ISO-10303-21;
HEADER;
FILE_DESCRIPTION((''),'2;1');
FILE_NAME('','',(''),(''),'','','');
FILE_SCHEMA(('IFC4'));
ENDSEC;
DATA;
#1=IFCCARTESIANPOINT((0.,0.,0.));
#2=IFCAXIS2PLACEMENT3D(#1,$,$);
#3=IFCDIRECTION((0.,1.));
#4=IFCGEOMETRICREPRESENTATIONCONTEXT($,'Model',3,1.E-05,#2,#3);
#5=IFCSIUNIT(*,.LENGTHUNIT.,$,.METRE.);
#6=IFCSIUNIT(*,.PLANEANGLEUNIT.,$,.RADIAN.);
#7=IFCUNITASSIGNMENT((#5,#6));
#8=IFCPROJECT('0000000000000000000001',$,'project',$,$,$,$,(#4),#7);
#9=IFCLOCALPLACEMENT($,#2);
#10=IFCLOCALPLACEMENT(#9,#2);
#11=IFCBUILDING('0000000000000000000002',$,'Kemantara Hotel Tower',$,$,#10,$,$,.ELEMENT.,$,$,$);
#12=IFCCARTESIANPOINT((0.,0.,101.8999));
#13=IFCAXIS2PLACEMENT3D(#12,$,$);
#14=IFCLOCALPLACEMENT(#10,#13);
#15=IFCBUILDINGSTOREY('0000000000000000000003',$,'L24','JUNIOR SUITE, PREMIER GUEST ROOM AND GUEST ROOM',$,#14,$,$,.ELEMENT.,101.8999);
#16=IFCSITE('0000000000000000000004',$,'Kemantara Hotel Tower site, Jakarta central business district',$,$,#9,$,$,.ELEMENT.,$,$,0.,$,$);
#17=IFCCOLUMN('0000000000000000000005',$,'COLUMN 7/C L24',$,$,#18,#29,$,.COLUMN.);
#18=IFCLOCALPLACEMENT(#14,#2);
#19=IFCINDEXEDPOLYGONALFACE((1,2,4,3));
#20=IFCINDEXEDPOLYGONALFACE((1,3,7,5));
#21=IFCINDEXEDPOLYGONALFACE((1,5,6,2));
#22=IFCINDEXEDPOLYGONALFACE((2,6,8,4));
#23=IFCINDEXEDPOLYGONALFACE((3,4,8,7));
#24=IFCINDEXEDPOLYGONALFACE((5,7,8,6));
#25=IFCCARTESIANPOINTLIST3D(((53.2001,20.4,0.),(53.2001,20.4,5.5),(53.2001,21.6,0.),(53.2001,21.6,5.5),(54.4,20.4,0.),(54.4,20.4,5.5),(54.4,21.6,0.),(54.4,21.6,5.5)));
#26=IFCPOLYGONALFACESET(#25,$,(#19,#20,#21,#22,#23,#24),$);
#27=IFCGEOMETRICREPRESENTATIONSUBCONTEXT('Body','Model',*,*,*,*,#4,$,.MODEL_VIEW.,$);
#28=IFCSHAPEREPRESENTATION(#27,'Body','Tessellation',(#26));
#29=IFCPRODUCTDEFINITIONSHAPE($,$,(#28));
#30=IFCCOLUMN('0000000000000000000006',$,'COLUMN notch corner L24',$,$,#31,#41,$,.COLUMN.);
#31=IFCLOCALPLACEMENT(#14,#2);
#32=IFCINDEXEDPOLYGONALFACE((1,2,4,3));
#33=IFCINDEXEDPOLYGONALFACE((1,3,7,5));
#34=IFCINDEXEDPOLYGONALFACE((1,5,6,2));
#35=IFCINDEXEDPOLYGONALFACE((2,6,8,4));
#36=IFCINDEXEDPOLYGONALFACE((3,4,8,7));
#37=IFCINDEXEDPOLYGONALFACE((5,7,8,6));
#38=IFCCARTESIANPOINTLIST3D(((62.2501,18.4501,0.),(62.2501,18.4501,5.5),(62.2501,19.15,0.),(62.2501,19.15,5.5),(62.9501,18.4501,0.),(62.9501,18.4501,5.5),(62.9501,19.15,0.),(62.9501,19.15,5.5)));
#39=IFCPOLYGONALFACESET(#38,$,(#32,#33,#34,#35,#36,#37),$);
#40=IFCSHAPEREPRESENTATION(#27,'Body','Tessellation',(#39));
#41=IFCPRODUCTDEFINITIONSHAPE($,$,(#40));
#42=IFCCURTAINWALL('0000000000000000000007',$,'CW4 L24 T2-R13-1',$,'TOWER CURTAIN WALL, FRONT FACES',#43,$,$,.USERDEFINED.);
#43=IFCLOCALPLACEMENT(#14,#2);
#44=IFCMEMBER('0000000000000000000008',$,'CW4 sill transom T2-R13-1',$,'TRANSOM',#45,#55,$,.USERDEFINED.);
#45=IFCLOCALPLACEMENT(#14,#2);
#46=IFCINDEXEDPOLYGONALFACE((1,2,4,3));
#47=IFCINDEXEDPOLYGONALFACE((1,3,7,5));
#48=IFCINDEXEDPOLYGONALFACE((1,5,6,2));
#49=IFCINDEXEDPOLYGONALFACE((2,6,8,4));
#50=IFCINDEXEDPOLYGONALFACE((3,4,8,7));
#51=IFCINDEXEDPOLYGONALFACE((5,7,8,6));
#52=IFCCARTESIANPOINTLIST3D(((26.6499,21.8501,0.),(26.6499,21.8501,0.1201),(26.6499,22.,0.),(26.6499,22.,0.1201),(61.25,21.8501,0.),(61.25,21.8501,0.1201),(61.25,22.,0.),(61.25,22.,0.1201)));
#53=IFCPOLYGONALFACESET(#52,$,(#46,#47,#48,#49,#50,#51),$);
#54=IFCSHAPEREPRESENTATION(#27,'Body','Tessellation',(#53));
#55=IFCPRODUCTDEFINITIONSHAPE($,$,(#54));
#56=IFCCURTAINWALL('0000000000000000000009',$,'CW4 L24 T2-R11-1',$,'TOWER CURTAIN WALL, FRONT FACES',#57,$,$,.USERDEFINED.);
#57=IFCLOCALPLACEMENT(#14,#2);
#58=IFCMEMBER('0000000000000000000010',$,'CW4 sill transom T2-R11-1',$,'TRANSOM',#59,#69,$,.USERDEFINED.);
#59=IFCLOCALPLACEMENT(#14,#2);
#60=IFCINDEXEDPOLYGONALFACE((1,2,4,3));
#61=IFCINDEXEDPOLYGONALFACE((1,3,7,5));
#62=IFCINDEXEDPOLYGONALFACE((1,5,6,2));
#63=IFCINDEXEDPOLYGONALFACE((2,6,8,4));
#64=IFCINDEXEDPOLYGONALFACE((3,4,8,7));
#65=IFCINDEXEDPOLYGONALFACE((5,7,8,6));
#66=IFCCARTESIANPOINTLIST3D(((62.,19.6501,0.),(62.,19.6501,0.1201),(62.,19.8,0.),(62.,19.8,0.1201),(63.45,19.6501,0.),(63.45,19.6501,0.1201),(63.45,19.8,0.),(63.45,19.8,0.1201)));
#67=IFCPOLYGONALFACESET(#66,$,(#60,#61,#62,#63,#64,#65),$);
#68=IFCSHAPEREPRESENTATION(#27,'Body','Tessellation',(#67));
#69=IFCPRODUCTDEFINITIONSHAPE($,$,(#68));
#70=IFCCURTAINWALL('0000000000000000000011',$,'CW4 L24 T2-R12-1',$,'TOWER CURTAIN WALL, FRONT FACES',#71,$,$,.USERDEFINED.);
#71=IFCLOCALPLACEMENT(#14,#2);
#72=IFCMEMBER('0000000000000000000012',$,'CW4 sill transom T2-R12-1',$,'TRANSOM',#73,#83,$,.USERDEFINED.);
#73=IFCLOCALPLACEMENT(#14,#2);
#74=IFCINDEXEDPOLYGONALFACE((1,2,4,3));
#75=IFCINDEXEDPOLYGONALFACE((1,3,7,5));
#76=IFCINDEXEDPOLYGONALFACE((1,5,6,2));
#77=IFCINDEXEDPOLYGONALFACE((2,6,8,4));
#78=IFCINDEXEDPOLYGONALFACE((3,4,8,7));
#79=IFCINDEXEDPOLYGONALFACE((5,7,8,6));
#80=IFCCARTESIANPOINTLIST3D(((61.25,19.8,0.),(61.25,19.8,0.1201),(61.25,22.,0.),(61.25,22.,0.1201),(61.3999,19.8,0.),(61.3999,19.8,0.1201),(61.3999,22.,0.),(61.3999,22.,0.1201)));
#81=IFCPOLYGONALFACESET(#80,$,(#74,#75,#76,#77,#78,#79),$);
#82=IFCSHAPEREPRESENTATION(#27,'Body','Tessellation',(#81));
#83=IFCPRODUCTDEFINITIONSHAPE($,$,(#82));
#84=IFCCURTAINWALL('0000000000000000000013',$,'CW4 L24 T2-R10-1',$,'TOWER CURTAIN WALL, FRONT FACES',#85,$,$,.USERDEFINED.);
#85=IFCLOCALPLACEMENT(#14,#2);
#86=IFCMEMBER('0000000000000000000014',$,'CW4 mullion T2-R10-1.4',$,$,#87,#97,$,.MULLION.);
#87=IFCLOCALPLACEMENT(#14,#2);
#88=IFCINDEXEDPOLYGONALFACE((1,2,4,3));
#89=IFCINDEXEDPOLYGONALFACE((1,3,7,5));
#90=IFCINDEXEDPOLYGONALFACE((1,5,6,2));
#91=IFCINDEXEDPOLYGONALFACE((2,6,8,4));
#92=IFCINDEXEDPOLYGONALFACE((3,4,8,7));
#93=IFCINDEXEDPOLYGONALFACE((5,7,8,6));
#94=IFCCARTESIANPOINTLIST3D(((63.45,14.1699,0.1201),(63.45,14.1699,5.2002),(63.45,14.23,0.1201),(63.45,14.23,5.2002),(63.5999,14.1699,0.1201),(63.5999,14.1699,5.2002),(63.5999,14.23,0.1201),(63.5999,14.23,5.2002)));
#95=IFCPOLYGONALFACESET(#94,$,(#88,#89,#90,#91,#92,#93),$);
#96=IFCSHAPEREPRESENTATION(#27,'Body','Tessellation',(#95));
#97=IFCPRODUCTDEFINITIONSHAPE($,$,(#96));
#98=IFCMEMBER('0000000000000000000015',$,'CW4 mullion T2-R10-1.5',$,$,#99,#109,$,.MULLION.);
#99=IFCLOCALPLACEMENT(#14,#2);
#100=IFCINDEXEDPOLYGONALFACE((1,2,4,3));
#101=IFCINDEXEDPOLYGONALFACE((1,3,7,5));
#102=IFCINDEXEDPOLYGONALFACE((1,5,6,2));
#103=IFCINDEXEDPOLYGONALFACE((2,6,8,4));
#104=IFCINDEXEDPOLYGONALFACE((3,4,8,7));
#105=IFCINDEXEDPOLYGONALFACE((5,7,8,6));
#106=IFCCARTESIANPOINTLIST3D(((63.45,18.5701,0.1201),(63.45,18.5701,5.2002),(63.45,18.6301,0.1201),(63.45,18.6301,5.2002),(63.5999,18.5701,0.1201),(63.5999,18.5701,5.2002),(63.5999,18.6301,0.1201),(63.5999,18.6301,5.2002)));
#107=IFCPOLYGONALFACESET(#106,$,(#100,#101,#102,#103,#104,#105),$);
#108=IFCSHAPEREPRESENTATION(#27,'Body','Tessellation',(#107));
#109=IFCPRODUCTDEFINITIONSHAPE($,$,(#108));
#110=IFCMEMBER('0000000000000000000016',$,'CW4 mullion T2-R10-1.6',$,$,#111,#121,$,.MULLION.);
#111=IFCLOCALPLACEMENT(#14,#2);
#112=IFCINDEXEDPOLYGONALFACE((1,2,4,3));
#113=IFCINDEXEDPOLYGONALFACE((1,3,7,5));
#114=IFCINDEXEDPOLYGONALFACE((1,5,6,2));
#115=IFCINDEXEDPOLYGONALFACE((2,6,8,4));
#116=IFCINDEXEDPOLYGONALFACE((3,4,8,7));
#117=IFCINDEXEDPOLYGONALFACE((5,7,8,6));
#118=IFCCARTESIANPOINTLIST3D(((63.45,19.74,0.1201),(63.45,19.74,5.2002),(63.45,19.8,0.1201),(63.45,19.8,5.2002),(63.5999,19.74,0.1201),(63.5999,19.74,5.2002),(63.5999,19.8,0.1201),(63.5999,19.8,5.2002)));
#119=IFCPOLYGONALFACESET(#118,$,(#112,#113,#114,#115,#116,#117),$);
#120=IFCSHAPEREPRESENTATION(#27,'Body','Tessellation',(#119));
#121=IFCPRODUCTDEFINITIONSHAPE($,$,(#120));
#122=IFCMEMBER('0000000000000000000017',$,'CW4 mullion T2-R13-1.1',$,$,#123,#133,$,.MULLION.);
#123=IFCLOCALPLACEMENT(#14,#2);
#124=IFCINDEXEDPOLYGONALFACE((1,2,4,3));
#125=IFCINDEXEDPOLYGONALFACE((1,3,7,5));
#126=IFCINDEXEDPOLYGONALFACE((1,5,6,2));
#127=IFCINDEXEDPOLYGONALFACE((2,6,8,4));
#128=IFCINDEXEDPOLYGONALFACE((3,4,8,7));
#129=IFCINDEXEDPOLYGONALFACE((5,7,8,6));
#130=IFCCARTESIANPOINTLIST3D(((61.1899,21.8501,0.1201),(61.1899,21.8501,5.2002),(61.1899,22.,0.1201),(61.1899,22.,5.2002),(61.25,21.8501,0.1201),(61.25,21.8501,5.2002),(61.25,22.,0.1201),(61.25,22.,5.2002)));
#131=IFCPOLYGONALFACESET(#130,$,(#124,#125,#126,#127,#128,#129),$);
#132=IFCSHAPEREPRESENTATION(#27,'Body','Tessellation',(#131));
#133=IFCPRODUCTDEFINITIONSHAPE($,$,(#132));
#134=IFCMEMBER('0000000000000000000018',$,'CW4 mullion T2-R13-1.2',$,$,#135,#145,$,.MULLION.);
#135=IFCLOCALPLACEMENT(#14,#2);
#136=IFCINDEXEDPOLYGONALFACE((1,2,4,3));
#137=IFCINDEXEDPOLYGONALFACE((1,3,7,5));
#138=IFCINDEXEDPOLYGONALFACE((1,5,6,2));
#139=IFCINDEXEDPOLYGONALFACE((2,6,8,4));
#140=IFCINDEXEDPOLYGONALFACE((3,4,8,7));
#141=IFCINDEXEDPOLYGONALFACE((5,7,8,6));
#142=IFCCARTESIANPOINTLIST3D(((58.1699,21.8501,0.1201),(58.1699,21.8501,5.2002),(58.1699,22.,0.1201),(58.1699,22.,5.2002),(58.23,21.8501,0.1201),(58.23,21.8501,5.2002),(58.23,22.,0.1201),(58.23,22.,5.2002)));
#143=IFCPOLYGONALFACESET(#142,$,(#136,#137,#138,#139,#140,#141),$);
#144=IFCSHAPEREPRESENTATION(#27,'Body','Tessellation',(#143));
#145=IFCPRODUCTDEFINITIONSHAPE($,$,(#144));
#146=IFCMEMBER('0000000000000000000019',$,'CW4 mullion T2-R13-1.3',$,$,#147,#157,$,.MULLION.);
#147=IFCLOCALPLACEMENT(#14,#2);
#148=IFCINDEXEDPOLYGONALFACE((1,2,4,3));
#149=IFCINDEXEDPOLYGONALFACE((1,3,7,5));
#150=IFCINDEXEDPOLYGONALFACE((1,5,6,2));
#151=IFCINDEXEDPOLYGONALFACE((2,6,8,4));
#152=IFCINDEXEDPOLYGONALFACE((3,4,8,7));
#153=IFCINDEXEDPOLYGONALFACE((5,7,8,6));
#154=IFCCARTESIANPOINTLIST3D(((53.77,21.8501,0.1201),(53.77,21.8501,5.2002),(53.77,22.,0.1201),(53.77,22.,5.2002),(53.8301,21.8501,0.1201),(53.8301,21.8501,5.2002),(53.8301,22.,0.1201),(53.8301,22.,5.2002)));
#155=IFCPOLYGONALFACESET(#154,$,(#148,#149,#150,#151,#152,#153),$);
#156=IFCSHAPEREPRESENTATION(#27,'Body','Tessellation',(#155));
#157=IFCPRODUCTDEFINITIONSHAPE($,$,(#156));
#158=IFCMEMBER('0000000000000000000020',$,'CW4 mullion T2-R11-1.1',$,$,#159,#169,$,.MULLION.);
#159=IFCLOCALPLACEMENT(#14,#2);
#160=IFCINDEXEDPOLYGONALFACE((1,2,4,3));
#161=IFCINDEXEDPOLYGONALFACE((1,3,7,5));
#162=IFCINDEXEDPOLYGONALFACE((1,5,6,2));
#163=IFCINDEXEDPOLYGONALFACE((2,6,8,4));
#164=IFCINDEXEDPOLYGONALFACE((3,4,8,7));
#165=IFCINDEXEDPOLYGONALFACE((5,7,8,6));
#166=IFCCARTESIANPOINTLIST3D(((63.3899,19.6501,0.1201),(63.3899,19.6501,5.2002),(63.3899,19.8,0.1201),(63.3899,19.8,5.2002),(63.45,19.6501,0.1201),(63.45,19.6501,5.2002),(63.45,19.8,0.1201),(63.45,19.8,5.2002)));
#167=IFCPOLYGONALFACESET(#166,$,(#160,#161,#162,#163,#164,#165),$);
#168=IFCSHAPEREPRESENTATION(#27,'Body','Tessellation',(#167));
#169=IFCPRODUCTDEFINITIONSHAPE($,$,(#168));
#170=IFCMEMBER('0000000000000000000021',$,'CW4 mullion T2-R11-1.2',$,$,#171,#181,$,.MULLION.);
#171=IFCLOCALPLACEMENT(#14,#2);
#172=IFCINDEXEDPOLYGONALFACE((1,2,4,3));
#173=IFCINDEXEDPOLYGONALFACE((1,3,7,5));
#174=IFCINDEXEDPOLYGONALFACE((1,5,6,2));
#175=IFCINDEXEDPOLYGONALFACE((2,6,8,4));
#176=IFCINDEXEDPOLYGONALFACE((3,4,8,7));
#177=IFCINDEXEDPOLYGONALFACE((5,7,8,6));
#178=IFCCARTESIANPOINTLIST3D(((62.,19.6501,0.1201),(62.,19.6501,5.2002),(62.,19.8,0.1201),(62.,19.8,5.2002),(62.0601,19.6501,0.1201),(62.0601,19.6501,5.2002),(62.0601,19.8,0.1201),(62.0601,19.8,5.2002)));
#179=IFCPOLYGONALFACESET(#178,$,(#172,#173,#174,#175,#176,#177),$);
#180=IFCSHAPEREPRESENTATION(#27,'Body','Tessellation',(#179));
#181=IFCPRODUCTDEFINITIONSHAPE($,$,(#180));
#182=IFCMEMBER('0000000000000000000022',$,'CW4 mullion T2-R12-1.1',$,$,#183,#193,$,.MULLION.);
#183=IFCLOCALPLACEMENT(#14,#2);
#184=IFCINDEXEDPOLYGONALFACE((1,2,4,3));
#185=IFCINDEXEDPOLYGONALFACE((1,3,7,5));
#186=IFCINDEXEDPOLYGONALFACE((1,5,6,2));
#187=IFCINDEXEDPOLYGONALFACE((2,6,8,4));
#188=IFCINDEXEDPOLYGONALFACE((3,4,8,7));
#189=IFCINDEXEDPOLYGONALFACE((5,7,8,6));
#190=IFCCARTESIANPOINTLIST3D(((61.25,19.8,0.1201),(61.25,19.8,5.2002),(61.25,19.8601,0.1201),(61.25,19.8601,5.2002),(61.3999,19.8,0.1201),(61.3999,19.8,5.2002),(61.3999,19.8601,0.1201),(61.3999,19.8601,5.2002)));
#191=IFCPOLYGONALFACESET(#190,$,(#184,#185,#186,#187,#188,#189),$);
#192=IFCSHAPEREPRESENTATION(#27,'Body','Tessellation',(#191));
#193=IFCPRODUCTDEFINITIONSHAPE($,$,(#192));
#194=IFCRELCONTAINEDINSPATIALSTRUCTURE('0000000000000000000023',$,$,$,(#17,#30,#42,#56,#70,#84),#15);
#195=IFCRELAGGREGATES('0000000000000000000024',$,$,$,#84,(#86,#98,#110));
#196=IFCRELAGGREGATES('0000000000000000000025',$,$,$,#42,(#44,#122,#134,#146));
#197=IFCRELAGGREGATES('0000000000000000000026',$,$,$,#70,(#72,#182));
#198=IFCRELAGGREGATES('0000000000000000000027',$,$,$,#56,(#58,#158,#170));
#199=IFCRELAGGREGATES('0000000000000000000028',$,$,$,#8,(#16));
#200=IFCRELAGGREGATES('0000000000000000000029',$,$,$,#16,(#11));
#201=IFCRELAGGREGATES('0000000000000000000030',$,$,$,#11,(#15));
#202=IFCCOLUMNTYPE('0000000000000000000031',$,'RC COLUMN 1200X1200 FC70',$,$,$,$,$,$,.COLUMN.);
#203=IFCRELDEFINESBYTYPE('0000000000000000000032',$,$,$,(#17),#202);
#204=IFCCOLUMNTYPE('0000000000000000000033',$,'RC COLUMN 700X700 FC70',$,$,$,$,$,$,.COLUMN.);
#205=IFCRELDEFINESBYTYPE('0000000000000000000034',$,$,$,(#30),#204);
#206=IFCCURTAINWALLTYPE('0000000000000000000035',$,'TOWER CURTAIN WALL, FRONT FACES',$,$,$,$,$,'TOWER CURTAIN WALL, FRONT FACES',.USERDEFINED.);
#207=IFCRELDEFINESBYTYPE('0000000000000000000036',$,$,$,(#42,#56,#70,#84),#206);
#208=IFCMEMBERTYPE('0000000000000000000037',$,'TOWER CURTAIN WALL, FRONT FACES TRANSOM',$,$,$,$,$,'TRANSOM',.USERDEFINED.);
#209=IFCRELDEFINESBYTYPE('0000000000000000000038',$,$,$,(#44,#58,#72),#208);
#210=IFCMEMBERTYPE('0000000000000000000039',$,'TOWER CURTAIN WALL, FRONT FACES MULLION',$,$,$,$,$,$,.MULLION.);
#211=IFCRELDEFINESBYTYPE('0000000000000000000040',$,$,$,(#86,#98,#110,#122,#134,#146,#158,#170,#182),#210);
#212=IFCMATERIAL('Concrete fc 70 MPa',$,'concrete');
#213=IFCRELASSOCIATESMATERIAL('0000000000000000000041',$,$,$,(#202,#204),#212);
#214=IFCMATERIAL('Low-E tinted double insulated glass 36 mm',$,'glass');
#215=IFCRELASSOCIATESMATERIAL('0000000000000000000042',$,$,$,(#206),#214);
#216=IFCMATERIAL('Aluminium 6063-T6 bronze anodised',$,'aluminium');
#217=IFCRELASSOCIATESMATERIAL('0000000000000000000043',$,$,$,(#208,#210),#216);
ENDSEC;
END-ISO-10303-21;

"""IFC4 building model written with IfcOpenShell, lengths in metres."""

from ifc_helpers import new_model, si_unit, direction, frame, origin, origin_2d, place, context, subcontext, project, spatial, rectangle, extrude, source, transform, mapped, material, material_profile, profile_set, type_object, element, aggregate, save


model = new_model("IFC4")

# Units and contexts
model_context = context("Model", 3, precision=1e-05, world=origin(), true_north=direction((0.0, 1.0)))
body_context = subcontext(model_context, "Body", "Model", "MODEL_VIEW")
ifc_project = project(units=[si_unit("LENGTHUNIT", "METRE"), si_unit("PLANEANGLEUNIT", "RADIAN")], contexts=[model_context])

# Site, building, storey
site_placement = place(None, origin())
site = spatial("IfcSite", under=ifc_project, at=site_placement, Name="Kemantara Hotel Tower site, Jakarta central business district", CompositionType="ELEMENT", RefElevation=0.0)
building_placement = place(site_placement, origin())
building = spatial("IfcBuilding", under=site, at=building_placement, Name="Kemantara Hotel Tower", CompositionType="ELEMENT")
storey_placement = place(building_placement, frame((0.0, 0.0, 101.8999)))
storey = spatial("IfcBuildingStorey", under=building, at=storey_placement, Name="L24", Description="JUNIOR SUITE, PREMIER GUEST ROOM AND GUEST ROOM", CompositionType="ELEMENT", Elevation=101.8999)

# Columns
ifc_material_1 = material(Name="Concrete fc 70 MPa", Category="concrete")
ifc_material_profile_1 = material_profile(ifc_material_1, rectangle(XDim=1.2, YDim=1.2, at=origin_2d()), Name="RC 1200X1200")
ifc_profile_set_1 = profile_set([ifc_material_profile_1], Name="Concrete fc 70 MPa")
column_type_1 = type_object("IfcColumnType", Name="RC COLUMN 1200X1200 FC70", PredefinedType="COLUMN", material=ifc_profile_set_1)
column_1_placement = place(storey_placement, frame((53.8, 21.0, 0.0), z_axis=(0.0, 0.0, 1.0), x_axis=(1.0, 0.0, 0.0)))
element("IfcColumn", 1, at=column_1_placement, inside=storey, type_object=column_type_1, Name="COLUMN 7/C L24", PredefinedType="COLUMN", context=body_context, shape_type="SweptSolid", body=[
    extrude(rectangle(XDim=1.2, YDim=1.2, at=origin_2d()), origin(), (0.0, 0.0, 1.0), 5.5),
])
ifc_material_profile_2 = material_profile(ifc_material_1, rectangle(XDim=0.7, YDim=0.7, at=origin_2d()), Name="RC 700X700")
ifc_profile_set_2 = profile_set([ifc_material_profile_2], Name="Concrete fc 70 MPa")
column_type_2 = type_object("IfcColumnType", Name="RC COLUMN 700X700 FC70", PredefinedType="COLUMN", material=ifc_profile_set_2)
column_2_placement = place(storey_placement, frame((62.6001, 18.8, 0.0), z_axis=(0.0, 0.0, 1.0), x_axis=(1.0, 0.0, 0.0)))
element("IfcColumn", 2, at=column_2_placement, inside=storey, type_object=column_type_2, Name="COLUMN notch corner L24", PredefinedType="COLUMN", context=body_context, shape_type="SweptSolid", body=[
    extrude(rectangle(XDim=0.7, YDim=0.7, at=origin_2d()), origin(), (0.0, 0.0, 1.0), 5.5),
])

# Curtain walls, members
ifc_material_2 = material(Name="Low-E tinted double insulated glass 36 mm", Category="glass")
curtain_wall_type = type_object("IfcCurtainWallType", Name="TOWER CURTAIN WALL, FRONT FACES", ElementType="TOWER CURTAIN WALL, FRONT FACES", PredefinedType="USERDEFINED", material=ifc_material_2)
curtain_wall_1_placement = place(storey_placement, origin())
curtain_wall_1 = element("IfcCurtainWall", 3, at=curtain_wall_1_placement, inside=storey, type_object=curtain_wall_type, Name="CW4 L24 T2-R13-1", ObjectType="TOWER CURTAIN WALL, FRONT FACES", PredefinedType="USERDEFINED")
ifc_material_3 = material(Name="Aluminium 6063-T6 bronze anodised", Category="aluminium")
ifc_material_profile_3 = material_profile(ifc_material_3, rectangle(XDim=0.1499, YDim=0.1201, at=origin_2d()), Name="TOWER CURTAIN WALL, FRONT FACES TRANSOM")
ifc_profile_set_3 = profile_set([ifc_material_profile_3], Name="Aluminium 6063-T6 bronze anodised")
member_type_1 = type_object("IfcMemberType", Name="TOWER CURTAIN WALL, FRONT FACES TRANSOM", ElementType="TRANSOM", PredefinedType="USERDEFINED", material=ifc_profile_set_3)
member_1_placement = place(storey_placement, frame((61.25, 21.925, 0.0601), z_axis=(-1.0, 0.0, 0.0), x_axis=(0.0, -1.0, 0.0)))
member_1 = element("IfcMember", 4, at=member_1_placement, type_object=member_type_1, Name="CW4 sill transom T2-R13-1", ObjectType="TRANSOM", PredefinedType="USERDEFINED", context=body_context, shape_type="SweptSolid", body=[
    extrude(rectangle(XDim=0.1499, YDim=0.1201, at=origin_2d()), origin(), (0.0, 0.0, 1.0), 34.6001),
])
curtain_wall_2_placement = place(storey_placement, origin())
curtain_wall_2 = element("IfcCurtainWall", 5, at=curtain_wall_2_placement, inside=storey, type_object=curtain_wall_type, Name="CW4 L24 T2-R11-1", ObjectType="TOWER CURTAIN WALL, FRONT FACES", PredefinedType="USERDEFINED")
member_2_placement = place(storey_placement, frame((63.45, 19.7251, 0.0601), z_axis=(-1.0, 0.0, 0.0), x_axis=(0.0, -1.0, 0.0)))
member_2 = element("IfcMember", 6, at=member_2_placement, type_object=member_type_1, Name="CW4 sill transom T2-R11-1", ObjectType="TRANSOM", PredefinedType="USERDEFINED", context=body_context, shape_type="SweptSolid", body=[
    extrude(rectangle(XDim=0.1499, YDim=0.1201, at=origin_2d()), origin(), (0.0, 0.0, 1.0), 1.45),
])
curtain_wall_3_placement = place(storey_placement, origin())
curtain_wall_3 = element("IfcCurtainWall", 7, at=curtain_wall_3_placement, inside=storey, type_object=curtain_wall_type, Name="CW4 L24 T2-R12-1", ObjectType="TOWER CURTAIN WALL, FRONT FACES", PredefinedType="USERDEFINED")
member_3_placement = place(storey_placement, frame((61.325, 19.8, 0.0601), z_axis=(0.0, 1.0, 0.0), x_axis=(-1.0, 0.0, 0.0)))
member_3 = element("IfcMember", 8, at=member_3_placement, type_object=member_type_1, Name="CW4 sill transom T2-R12-1", ObjectType="TRANSOM", PredefinedType="USERDEFINED", context=body_context, shape_type="SweptSolid", body=[
    extrude(rectangle(XDim=0.1499, YDim=0.1201, at=origin_2d()), origin(), (0.0, 0.0, 1.0), 2.2),
])

# Curtain wall, members
curtain_wall_4_placement = place(storey_placement, origin())
curtain_wall_4 = element("IfcCurtainWall", 9, at=curtain_wall_4_placement, inside=storey, type_object=curtain_wall_type, Name="CW4 L24 T2-R10-1", ObjectType="TOWER CURTAIN WALL, FRONT FACES", PredefinedType="USERDEFINED")
ifc_material_profile_4 = material_profile(ifc_material_3, rectangle(XDim=0.1499, YDim=0.0601, at=origin_2d()), Name="TOWER CURTAIN WALL, FRONT FACES MULLION")
ifc_profile_set_4 = profile_set([ifc_material_profile_4], Name="Aluminium 6063-T6 bronze anodised")
member_type_2 = type_object("IfcMemberType", Name="TOWER CURTAIN WALL, FRONT FACES MULLION", PredefinedType="MULLION", material=ifc_profile_set_4)
shared_shape_1 = source(origin(), body_context, "Body", "SweptSolid", [
    extrude(rectangle(XDim=0.1499, YDim=0.0601, at=origin_2d()), origin(), (0.0, 0.0, 1.0), 5.0801),
])
member_4_placement = place(storey_placement, frame((63.5249, 14.2, 0.1201), z_axis=(0.0, 0.0, 1.0), x_axis=(-1.0, 0.0, 0.0)))
member_4 = element("IfcMember", 10, at=member_4_placement, type_object=member_type_2, Name="CW4 mullion T2-R10-1.4", PredefinedType="MULLION", context=body_context, shape_type="MappedRepresentation", body=[
    mapped(shared_shape_1, transform((0.0, 0.0, 0.0))),
])
member_5_placement = place(storey_placement, frame((63.5249, 18.6001, 0.1201), z_axis=(0.0, 0.0, 1.0), x_axis=(-1.0, 0.0, 0.0)))
member_5 = element("IfcMember", 11, at=member_5_placement, type_object=member_type_2, Name="CW4 mullion T2-R10-1.5", PredefinedType="MULLION", context=body_context, shape_type="MappedRepresentation", body=[
    mapped(shared_shape_1, transform((0.0, 0.0, 0.0))),
])
member_6_placement = place(storey_placement, frame((63.5249, 19.77, 0.1201), z_axis=(0.0, 0.0, 1.0), x_axis=(-1.0, 0.0, 0.0)))
member_6 = element("IfcMember", 12, at=member_6_placement, type_object=member_type_2, Name="CW4 mullion T2-R10-1.6", PredefinedType="MULLION", context=body_context, shape_type="MappedRepresentation", body=[
    mapped(shared_shape_1, transform((0.0, 0.0, 0.0))),
])

# Members
member_7_placement = place(storey_placement, frame((61.22, 21.925, 0.1201), z_axis=(0.0, 0.0, 1.0), x_axis=(0.0, -1.0, 0.0)))
member_7 = element("IfcMember", 13, at=member_7_placement, type_object=member_type_2, Name="CW4 mullion T2-R13-1.1", PredefinedType="MULLION", context=body_context, shape_type="MappedRepresentation", body=[
    mapped(shared_shape_1, transform((0.0, 0.0, 0.0))),
])
member_8_placement = place(storey_placement, frame((58.2, 21.925, 0.1201), z_axis=(0.0, 0.0, 1.0), x_axis=(0.0, -1.0, 0.0)))
member_8 = element("IfcMember", 14, at=member_8_placement, type_object=member_type_2, Name="CW4 mullion T2-R13-1.2", PredefinedType="MULLION", context=body_context, shape_type="MappedRepresentation", body=[
    mapped(shared_shape_1, transform((0.0, 0.0, 0.0))),
])
member_9_placement = place(storey_placement, frame((53.8, 21.925, 0.1201), z_axis=(0.0, 0.0, 1.0), x_axis=(0.0, -1.0, 0.0)))
member_9 = element("IfcMember", 15, at=member_9_placement, type_object=member_type_2, Name="CW4 mullion T2-R13-1.3", PredefinedType="MULLION", context=body_context, shape_type="MappedRepresentation", body=[
    mapped(shared_shape_1, transform((0.0, 0.0, 0.0))),
])
member_10_placement = place(storey_placement, frame((63.4199, 19.7251, 0.1201), z_axis=(0.0, 0.0, 1.0), x_axis=(0.0, -1.0, 0.0)))
member_10 = element("IfcMember", 16, at=member_10_placement, type_object=member_type_2, Name="CW4 mullion T2-R11-1.1", PredefinedType="MULLION", context=body_context, shape_type="MappedRepresentation", body=[
    mapped(shared_shape_1, transform((0.0, 0.0, 0.0))),
])
member_11_placement = place(storey_placement, frame((62.03, 19.7251, 0.1201), z_axis=(0.0, 0.0, 1.0), x_axis=(0.0, -1.0, 0.0)))
member_11 = element("IfcMember", 17, at=member_11_placement, type_object=member_type_2, Name="CW4 mullion T2-R11-1.2", PredefinedType="MULLION", context=body_context, shape_type="MappedRepresentation", body=[
    mapped(shared_shape_1, transform((0.0, 0.0, 0.0))),
])
member_12_placement = place(storey_placement, frame((61.325, 19.8301, 0.1201), z_axis=(0.0, 0.0, 1.0), x_axis=(-1.0, 0.0, 0.0)))
member_12 = element("IfcMember", 18, at=member_12_placement, type_object=member_type_2, Name="CW4 mullion T2-R12-1.1", PredefinedType="MULLION", context=body_context, shape_type="MappedRepresentation", body=[
    mapped(shared_shape_1, transform((0.0, 0.0, 0.0))),
])

aggregate(curtain_wall_4, [member_4, member_5, member_6])
aggregate(curtain_wall_1, [member_1, member_7, member_8, member_9])
aggregate(curtain_wall_3, [member_3, member_12])
aggregate(curtain_wall_2, [member_2, member_10, member_11])

save(model, "model.ifc")
